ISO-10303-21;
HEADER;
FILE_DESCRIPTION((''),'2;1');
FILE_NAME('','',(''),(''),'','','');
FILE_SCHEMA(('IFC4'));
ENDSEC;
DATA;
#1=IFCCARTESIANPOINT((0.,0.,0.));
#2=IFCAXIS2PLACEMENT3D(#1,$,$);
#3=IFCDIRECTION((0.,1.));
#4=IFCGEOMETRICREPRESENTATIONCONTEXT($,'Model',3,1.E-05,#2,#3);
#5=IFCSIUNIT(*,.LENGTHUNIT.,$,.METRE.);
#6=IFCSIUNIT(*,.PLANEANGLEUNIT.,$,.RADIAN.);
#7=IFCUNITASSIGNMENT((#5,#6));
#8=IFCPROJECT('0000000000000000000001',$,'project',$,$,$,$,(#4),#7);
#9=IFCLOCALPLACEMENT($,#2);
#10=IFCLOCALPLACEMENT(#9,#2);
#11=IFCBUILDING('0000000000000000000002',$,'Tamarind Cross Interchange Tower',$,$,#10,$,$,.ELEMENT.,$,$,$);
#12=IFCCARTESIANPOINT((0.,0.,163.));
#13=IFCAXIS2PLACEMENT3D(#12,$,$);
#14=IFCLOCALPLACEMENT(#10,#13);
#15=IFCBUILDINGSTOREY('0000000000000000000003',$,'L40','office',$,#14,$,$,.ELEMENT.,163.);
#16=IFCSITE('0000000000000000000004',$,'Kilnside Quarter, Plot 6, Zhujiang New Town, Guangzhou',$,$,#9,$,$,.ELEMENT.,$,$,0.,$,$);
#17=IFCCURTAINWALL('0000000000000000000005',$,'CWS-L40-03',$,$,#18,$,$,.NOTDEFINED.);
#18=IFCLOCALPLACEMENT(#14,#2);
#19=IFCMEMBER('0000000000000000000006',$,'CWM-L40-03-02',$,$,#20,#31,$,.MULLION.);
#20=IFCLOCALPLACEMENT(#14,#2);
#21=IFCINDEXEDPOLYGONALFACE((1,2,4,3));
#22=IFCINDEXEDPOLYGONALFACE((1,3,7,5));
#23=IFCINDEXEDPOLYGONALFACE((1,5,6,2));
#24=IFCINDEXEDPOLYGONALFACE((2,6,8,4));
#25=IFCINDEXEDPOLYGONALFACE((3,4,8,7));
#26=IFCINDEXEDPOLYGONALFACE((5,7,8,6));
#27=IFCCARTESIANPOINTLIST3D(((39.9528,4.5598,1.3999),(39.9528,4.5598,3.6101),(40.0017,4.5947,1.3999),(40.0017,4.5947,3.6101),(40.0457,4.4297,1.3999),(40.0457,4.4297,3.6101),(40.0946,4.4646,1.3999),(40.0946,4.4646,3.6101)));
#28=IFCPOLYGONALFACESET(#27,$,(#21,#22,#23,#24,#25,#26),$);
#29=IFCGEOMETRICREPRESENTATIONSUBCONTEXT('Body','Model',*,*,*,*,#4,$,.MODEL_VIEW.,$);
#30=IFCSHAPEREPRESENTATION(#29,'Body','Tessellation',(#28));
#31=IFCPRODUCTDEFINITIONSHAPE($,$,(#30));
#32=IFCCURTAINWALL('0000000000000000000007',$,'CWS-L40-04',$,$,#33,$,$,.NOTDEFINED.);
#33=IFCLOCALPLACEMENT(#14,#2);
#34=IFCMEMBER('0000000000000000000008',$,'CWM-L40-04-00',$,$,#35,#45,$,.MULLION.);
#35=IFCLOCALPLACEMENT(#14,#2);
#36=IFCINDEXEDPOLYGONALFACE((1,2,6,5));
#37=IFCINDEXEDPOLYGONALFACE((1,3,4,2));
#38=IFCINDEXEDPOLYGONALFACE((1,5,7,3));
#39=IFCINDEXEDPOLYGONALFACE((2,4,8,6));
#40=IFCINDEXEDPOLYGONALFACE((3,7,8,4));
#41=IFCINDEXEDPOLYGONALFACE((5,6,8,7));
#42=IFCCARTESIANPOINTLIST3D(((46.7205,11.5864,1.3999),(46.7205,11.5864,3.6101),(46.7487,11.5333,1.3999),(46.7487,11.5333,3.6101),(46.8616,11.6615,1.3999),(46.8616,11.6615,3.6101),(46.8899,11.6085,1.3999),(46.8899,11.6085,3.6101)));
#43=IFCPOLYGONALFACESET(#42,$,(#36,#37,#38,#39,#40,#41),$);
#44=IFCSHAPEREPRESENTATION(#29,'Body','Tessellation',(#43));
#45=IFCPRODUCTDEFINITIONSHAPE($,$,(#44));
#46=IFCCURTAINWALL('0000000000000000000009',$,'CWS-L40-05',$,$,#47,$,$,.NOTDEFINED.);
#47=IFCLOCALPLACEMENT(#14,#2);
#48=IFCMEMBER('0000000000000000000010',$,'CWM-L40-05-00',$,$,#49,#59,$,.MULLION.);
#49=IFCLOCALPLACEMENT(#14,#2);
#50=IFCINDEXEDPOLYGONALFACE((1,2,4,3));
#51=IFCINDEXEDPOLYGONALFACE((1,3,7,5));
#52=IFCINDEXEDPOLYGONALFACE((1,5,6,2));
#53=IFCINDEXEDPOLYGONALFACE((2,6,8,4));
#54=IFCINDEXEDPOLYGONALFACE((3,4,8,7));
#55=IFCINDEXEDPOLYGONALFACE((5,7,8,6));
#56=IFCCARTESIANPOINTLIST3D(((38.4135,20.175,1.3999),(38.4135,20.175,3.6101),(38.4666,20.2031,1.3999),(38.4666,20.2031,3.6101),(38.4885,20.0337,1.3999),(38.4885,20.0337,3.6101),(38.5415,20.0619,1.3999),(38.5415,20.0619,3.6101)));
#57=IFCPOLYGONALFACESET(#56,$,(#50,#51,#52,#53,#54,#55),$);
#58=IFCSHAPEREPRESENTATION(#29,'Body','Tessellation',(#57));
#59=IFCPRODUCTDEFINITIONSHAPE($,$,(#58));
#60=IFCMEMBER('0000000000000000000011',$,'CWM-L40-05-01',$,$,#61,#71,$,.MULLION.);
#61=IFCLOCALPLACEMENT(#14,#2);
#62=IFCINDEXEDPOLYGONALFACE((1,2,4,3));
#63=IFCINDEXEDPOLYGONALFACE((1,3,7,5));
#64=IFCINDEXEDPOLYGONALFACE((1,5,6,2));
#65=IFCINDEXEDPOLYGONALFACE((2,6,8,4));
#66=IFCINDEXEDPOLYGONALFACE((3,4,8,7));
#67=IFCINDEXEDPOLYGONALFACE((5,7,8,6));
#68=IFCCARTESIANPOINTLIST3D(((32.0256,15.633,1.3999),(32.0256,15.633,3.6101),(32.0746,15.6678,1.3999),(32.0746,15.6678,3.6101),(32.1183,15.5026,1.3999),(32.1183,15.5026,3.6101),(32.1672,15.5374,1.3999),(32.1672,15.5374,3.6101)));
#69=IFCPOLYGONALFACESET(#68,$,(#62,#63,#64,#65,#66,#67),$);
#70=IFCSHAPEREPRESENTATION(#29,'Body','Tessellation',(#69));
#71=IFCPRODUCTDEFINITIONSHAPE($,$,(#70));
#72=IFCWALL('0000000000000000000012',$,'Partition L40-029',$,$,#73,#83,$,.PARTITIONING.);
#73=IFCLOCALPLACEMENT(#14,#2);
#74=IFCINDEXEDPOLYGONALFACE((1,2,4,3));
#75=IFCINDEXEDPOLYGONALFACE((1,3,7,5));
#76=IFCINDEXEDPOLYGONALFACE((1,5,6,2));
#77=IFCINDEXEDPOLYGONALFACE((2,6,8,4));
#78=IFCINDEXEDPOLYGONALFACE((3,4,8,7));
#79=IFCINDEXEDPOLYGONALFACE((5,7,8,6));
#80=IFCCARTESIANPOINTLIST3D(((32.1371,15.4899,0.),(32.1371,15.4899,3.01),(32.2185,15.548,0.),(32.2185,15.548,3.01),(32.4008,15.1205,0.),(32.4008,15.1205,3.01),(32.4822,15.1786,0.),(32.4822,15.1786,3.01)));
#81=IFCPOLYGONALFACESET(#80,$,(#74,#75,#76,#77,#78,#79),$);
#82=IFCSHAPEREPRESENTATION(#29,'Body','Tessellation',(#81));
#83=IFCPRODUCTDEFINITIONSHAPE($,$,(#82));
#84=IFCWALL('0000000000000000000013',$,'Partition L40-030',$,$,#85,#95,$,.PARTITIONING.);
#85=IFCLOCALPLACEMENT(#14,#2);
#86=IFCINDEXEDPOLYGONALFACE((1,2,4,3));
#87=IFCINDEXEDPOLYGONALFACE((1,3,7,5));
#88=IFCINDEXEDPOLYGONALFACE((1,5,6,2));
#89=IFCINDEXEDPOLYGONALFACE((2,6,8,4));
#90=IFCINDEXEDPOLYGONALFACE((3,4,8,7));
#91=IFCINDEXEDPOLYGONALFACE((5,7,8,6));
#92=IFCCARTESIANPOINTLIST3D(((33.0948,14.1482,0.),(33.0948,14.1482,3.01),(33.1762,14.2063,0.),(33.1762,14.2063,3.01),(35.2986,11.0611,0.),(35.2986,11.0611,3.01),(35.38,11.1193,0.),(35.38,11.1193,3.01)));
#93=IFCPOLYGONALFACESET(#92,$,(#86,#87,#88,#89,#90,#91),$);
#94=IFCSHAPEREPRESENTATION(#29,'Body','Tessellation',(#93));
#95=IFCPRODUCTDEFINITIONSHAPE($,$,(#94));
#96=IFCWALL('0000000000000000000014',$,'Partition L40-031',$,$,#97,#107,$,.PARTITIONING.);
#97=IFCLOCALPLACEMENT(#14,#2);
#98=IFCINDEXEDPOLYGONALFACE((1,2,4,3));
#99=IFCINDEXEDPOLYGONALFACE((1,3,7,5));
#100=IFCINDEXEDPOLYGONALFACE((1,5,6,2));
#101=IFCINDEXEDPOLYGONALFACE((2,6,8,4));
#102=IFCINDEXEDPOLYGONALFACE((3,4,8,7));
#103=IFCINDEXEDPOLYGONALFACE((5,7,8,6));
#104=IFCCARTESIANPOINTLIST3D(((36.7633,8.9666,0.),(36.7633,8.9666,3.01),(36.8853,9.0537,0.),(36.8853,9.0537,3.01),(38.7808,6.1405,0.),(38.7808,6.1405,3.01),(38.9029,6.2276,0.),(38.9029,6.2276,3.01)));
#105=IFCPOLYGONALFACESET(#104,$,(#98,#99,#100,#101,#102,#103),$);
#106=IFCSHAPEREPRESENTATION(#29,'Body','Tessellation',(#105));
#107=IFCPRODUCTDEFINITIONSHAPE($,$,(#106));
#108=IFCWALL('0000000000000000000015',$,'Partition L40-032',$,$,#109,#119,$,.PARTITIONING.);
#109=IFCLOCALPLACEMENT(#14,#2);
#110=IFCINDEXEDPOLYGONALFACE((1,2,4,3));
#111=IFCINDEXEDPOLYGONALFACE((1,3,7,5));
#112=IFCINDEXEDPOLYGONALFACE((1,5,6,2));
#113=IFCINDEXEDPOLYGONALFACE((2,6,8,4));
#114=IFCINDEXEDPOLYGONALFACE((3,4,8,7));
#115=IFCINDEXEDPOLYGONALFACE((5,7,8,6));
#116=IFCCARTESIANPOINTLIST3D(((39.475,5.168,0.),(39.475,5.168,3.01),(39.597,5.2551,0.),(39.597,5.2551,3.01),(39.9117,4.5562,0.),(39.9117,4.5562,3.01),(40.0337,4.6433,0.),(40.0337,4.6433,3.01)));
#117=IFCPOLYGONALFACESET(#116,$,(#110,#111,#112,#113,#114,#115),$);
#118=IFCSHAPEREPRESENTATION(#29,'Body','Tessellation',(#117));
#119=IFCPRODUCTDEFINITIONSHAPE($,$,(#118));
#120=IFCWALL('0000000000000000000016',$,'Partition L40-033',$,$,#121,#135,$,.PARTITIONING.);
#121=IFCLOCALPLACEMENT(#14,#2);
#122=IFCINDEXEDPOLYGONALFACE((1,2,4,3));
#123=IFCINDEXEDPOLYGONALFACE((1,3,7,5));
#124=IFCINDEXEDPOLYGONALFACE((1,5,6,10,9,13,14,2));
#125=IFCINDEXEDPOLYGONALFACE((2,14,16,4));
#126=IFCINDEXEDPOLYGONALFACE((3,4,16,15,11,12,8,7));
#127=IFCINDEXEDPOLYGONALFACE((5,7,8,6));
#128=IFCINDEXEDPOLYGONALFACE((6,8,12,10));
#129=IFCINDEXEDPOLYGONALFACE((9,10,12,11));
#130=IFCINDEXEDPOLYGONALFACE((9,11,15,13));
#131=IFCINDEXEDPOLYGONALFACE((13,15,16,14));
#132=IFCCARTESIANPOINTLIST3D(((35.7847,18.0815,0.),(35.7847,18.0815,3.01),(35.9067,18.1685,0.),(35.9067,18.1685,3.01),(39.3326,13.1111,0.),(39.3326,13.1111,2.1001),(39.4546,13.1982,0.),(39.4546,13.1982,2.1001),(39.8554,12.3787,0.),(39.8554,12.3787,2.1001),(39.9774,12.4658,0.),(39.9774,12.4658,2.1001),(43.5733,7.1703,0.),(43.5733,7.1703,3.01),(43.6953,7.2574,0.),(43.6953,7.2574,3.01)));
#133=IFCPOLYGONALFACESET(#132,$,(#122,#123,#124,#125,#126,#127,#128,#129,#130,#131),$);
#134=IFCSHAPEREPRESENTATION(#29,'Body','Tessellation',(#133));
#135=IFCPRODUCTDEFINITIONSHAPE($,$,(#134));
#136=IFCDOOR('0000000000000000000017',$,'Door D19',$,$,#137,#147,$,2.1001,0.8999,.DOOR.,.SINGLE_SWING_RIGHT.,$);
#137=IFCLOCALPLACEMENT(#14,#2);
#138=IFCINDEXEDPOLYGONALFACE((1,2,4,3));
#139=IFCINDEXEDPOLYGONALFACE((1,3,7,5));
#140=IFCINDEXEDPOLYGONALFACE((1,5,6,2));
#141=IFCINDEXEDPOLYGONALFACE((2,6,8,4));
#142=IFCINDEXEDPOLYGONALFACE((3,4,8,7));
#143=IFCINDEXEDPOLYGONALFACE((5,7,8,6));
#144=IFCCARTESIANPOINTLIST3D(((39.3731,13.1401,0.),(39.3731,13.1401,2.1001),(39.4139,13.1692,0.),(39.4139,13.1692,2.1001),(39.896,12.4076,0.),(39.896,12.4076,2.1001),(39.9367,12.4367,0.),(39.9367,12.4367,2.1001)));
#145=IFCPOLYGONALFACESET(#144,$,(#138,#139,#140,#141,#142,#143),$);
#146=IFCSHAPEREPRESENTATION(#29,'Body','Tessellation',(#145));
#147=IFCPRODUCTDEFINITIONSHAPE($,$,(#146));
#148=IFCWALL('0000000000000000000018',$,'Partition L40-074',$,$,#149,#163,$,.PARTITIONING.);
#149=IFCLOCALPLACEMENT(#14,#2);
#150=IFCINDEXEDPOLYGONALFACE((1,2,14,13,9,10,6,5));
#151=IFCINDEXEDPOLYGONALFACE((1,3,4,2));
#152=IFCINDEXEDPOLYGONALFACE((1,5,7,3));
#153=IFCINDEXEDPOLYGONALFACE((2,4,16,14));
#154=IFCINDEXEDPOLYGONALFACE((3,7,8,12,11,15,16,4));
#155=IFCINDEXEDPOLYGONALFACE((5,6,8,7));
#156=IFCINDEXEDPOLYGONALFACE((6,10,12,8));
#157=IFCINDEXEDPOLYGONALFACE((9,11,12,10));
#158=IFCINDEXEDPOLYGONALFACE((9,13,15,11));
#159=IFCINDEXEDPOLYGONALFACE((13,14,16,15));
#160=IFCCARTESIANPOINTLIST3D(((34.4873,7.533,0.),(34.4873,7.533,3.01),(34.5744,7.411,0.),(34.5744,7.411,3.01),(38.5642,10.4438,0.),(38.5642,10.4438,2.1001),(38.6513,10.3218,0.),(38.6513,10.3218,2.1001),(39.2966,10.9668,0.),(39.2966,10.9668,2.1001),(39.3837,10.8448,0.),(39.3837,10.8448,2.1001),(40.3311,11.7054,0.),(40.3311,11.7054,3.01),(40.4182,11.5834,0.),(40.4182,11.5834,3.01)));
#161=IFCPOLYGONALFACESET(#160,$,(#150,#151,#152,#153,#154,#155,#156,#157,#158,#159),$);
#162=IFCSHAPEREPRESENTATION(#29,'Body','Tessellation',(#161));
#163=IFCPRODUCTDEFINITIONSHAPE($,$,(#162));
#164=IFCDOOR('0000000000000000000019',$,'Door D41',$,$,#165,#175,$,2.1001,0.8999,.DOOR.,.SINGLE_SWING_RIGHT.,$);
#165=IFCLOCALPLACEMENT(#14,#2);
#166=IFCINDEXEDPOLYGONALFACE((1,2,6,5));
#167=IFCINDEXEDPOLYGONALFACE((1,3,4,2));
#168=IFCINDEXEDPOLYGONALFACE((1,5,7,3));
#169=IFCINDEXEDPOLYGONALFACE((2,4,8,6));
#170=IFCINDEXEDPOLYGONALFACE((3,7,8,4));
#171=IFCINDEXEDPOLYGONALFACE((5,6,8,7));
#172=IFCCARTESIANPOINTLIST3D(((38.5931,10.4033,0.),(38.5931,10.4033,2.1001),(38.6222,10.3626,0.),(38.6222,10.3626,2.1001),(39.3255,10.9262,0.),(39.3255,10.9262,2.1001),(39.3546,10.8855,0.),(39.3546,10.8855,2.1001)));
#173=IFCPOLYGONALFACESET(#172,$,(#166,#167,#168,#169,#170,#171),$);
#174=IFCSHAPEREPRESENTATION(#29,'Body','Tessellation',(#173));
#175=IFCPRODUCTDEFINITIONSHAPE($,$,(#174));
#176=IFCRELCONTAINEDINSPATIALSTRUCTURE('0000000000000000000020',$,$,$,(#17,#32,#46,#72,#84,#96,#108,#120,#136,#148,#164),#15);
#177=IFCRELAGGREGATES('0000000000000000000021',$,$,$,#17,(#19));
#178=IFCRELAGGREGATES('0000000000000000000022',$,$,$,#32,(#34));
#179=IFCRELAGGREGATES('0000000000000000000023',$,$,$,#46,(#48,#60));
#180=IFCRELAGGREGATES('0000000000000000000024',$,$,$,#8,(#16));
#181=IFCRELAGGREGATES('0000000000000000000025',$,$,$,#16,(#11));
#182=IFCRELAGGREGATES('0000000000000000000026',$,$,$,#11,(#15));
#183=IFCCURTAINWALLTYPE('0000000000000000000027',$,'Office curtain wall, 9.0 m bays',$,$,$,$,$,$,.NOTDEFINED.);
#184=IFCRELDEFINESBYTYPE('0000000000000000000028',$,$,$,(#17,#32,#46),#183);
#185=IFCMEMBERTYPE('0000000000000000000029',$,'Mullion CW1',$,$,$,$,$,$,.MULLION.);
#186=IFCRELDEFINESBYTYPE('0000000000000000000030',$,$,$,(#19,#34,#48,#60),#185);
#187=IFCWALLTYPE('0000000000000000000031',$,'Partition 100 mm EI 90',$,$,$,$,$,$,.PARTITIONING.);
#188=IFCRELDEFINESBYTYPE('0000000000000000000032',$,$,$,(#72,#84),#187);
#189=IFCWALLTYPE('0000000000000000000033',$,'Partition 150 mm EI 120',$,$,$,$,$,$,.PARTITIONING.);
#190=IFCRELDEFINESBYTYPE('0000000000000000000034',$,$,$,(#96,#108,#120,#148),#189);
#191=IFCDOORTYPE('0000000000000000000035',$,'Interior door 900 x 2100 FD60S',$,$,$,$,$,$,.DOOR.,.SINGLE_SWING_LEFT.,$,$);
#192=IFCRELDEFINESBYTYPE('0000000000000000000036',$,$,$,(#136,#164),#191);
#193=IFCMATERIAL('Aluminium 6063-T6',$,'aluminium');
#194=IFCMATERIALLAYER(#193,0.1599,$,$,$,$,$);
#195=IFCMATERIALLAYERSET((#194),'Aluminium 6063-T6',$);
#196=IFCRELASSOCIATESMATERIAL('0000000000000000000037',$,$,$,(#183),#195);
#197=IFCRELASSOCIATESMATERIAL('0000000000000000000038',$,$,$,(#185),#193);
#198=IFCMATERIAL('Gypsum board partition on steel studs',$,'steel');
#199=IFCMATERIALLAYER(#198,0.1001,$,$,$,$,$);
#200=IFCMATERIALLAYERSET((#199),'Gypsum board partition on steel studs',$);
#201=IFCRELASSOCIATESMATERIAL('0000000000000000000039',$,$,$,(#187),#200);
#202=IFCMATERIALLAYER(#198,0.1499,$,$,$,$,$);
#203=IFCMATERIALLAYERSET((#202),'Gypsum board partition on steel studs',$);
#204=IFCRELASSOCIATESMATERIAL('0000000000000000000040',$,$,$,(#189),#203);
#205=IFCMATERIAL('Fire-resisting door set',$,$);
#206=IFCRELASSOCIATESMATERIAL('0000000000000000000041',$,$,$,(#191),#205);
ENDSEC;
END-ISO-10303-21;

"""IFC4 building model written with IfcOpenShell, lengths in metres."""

from ifc_helpers import new_model, si_unit, direction, frame, frame_2d, origin, origin_2d, place, context, subcontext, project, spatial, rectangle, extrude, material, layer, layer_set, material_profile, profile_set, type_object, element, fill, aggregate, save


model = new_model("IFC4")

# Units and contexts
model_context = context("Model", 3, precision=1e-05, world=origin(), true_north=direction((0.0, 1.0)))
body_context = subcontext(model_context, "Body", "Model", "MODEL_VIEW")
ifc_project = project(units=[si_unit("LENGTHUNIT", "METRE"), si_unit("PLANEANGLEUNIT", "RADIAN")], contexts=[model_context])

# Site, building, storey
site_placement = place(None, origin())
site = spatial("IfcSite", under=ifc_project, at=site_placement, Name="Kilnside Quarter, Plot 6, Zhujiang New Town, Guangzhou", CompositionType="ELEMENT", RefElevation=0.0)
building_placement = place(site_placement, origin())
building = spatial("IfcBuilding", under=site, at=building_placement, Name="Tamarind Cross Interchange Tower", CompositionType="ELEMENT")
storey_placement = place(building_placement, frame((0.0, 0.0, 163.0)))
storey = spatial("IfcBuildingStorey", under=building, at=storey_placement, Name="L40", Description="office", CompositionType="ELEMENT", Elevation=163.0)

# Curtain walls, members
ifc_material_1 = material(Name="Aluminium 6063-T6", Category="aluminium")
ifc_layer_1 = layer(ifc_material_1, 0.1599)
ifc_layer_set_1 = layer_set([ifc_layer_1], Name="Aluminium 6063-T6")
curtain_wall_type = type_object("IfcCurtainWallType", Name="Office curtain wall, 9.0 m bays", PredefinedType="NOTDEFINED", material=ifc_layer_set_1)
curtain_wall_1_placement = place(storey_placement, origin())
curtain_wall_1 = element("IfcCurtainWall", 1, at=curtain_wall_1_placement, inside=storey, type_object=curtain_wall_type, Name="CWS-L40-03", PredefinedType="NOTDEFINED")
ifc_material_profile_1 = material_profile(ifc_material_1, rectangle(XDim=0.0601, YDim=0.1599, at=origin_2d()), Name="Mullion CW1")
ifc_profile_set_1 = profile_set([ifc_material_profile_1], Name="Aluminium 6063-T6")
member_type = type_object("IfcMemberType", Name="Mullion CW1", PredefinedType="MULLION", material=ifc_profile_set_1)
member_1_placement = place(storey_placement, frame((40.0237, 4.5122, 1.3999), z_axis=(0.0, 0.0, 1.0), x_axis=(0.81388, 0.581033, 0.0)))
member_1 = element("IfcMember", 2, at=member_1_placement, type_object=member_type, Name="CWM-L40-03-02", PredefinedType="MULLION", context=body_context, shape_type="SweptSolid", body=[
    extrude(rectangle(XDim=0.0601, YDim=0.1599, at=origin_2d()), origin(), (0.0, 0.0, 1.0), 2.2102),
])
aggregate(curtain_wall_1, [member_1])
curtain_wall_2_placement = place(storey_placement, origin())
curtain_wall_2 = element("IfcCurtainWall", 3, at=curtain_wall_2_placement, inside=storey, type_object=curtain_wall_type, Name="CWS-L40-04", PredefinedType="NOTDEFINED")
member_2_placement = place(storey_placement, frame((46.8052, 11.5974, 1.3999), z_axis=(0.0, 0.0, 1.0), x_axis=(-0.469829, 0.882757, 0.0)))
member_2 = element("IfcMember", 4, at=member_2_placement, type_object=member_type, Name="CWM-L40-04-00", PredefinedType="MULLION", context=body_context, shape_type="SweptSolid", body=[
    extrude(rectangle(XDim=0.0601, YDim=0.1599, at=origin_2d()), origin(), (0.0, 0.0, 1.0), 2.2102),
])
aggregate(curtain_wall_2, [member_2])

# Curtain wall, members
curtain_wall_3_placement = place(storey_placement, origin())
curtain_wall_3 = element("IfcCurtainWall", 5, at=curtain_wall_3_placement, inside=storey, type_object=curtain_wall_type, Name="CWS-L40-05", PredefinedType="NOTDEFINED")
member_3_placement = place(storey_placement, frame((38.4775, 20.1184, 1.3999), z_axis=(0.0, 0.0, 1.0), x_axis=(-0.883297, -0.468813, 0.0)))
member_3 = element("IfcMember", 6, at=member_3_placement, type_object=member_type, Name="CWM-L40-05-00", PredefinedType="MULLION", context=body_context, shape_type="SweptSolid", body=[
    extrude(rectangle(XDim=0.0601, YDim=0.1599, at=origin_2d()), origin(), (0.0, 0.0, 1.0), 2.2102),
])
member_4_placement = place(storey_placement, frame((32.0964, 15.5852, 1.3999), z_axis=(0.0, 0.0, 1.0), x_axis=(-0.815215, -0.579159, 0.0)))
member_4 = element("IfcMember", 7, at=member_4_placement, type_object=member_type, Name="CWM-L40-05-01", PredefinedType="MULLION", context=body_context, shape_type="SweptSolid", body=[
    extrude(rectangle(XDim=0.0601, YDim=0.1599, at=origin_2d()), origin(), (0.0, 0.0, 1.0), 2.2102),
])
aggregate(curtain_wall_3, [member_3, member_4])

# Walls
ifc_material_2 = material(Name="Gypsum board partition on steel studs", Category="steel")
ifc_layer_2 = layer(ifc_material_2, 0.1001)
ifc_layer_set_2 = layer_set([ifc_layer_2], Name="Gypsum board partition on steel studs")
wall_type_1 = type_object("IfcWallType", Name="Partition 100 mm EI 90", PredefinedType="PARTITIONING", material=ifc_layer_set_2)
wall_1_placement = place(storey_placement, frame((32.1777, 15.519, 0.0), z_axis=(0.0, 0.0, 1.0), x_axis=(0.580984, -0.813915, 0.0)))
element("IfcWall", 8, at=wall_1_placement, inside=storey, type_object=wall_type_1, Name="Partition L40-029", PredefinedType="PARTITIONING", context=body_context, shape_type="SweptSolid", body=[
    extrude(rectangle(XDim=0.4539, YDim=0.1001, at=frame_2d((0.2271, 0.0))), origin(), (0.0, 0.0, 1.0), 3.01),
])
wall_2_placement = place(storey_placement, frame((33.1355, 14.1772, 0.0), z_axis=(0.0, 0.0, 1.0), x_axis=(0.581019, -0.81389, 0.0)))
element("IfcWall", 9, at=wall_2_placement, inside=storey, type_object=wall_type_1, Name="Partition L40-030", PredefinedType="PARTITIONING", context=body_context, shape_type="SweptSolid", body=[
    extrude(rectangle(XDim=3.793, YDim=0.1001, at=frame_2d((1.8965, 0.0))), origin(), (0.0, 0.0, 1.0), 3.01),
])
ifc_layer_3 = layer(ifc_material_2, 0.1499)
ifc_layer_set_3 = layer_set([ifc_layer_3], Name="Gypsum board partition on steel studs")
wall_type_2 = type_object("IfcWallType", Name="Partition 150 mm EI 120", PredefinedType="PARTITIONING", material=ifc_layer_set_3)
wall_3_placement = place(storey_placement, frame((36.8242, 9.0103, 0.0), z_axis=(0.0, 0.0, 1.0), x_axis=(0.581025, -0.813885, 0.0)))
element("IfcWall", 10, at=wall_3_placement, inside=storey, type_object=wall_type_2, Name="Partition L40-031", PredefinedType="PARTITIONING", context=body_context, shape_type="SweptSolid", body=[
    extrude(rectangle(XDim=3.4724, YDim=0.1499, at=frame_2d((1.7363, 0.0))), origin(), (0.0, 0.0, 1.0), 3.01),
])
wall_4_placement = place(storey_placement, frame((39.5359, 5.2117, 0.0), z_axis=(0.0, 0.0, 1.0), x_axis=(0.581023, -0.813887, 0.0)))
element("IfcWall", 11, at=wall_4_placement, inside=storey, type_object=wall_type_2, Name="Partition L40-032", PredefinedType="PARTITIONING", context=body_context, shape_type="SweptSolid", body=[
    extrude(rectangle(XDim=0.7517, YDim=0.1499, at=frame_2d((0.376, 0.0))), origin(), (0.0, 0.0, 1.0), 3.01),
])

# Walls, openings, doors
wall_5_placement = place(storey_placement, frame((35.8457, 18.125, 0.0), z_axis=(0.0, 0.0, 1.0), x_axis=(0.580987, -0.813913, 0.0)))
wall_5 = element("IfcWall", 12, at=wall_5_placement, inside=storey, type_object=wall_type_2, Name="Partition L40-033", PredefinedType="PARTITIONING", context=body_context, shape_type="SweptSolid", body=[
    extrude(rectangle(XDim=13.4058, YDim=0.1499, at=frame_2d((6.7029, 0.0))), origin(), (0.0, 0.0, 1.0), 3.01),
])
opening_1_placement = place(wall_5_placement, frame((6.1067, 0.0, 0.0)))
opening_1 = element("IfcOpeningElement", 13, at=opening_1_placement, cuts=wall_5, PredefinedType="OPENING", context=body_context, shape_type="SweptSolid", body=[
    extrude(rectangle(XDim=0.8999, YDim=2.1001, at=frame_2d((0.45, 1.05))), frame((0.0, 0.085, 0.0), z_axis=(0.0, -1.0, 0.0), x_axis=(1.0, 0.0, 0.0)), (0.0, 0.0, 1.0), 0.1699),
])
ifc_material_3 = material(Name="Fire-resisting door set")
door_type = type_object("IfcDoorType", Name="Interior door 900 x 2100 FD60S", OperationType="SINGLE_SWING_LEFT", PredefinedType="DOOR", material=ifc_material_3)
door_1_placement = place(opening_1_placement, origin())
door_1 = element("IfcDoor", 14, at=door_1_placement, inside=storey, type_object=door_type, Name="Door D19", OperationType="SINGLE_SWING_RIGHT", OverallHeight=2.1001, OverallWidth=0.8999, PredefinedType="DOOR", context=body_context, shape_type="SweptSolid", body=[
    extrude(rectangle(XDim=0.8999, YDim=2.1001, at=frame_2d((0.45, 1.05))), frame((0.0, 0.0249, 0.0), z_axis=(0.0, -1.0, 0.0), x_axis=(1.0, 0.0, 0.0)), (0.0, 0.0, 1.0), 0.05),
])
fill(opening_1, door_1)
wall_6_placement = place(storey_placement, frame((34.5308, 7.4719, 0.0), z_axis=(0.0, 0.0, 1.0), x_axis=(0.813848, 0.581077, 0.0)))
wall_6 = element("IfcWall", 15, at=wall_6_placement, inside=storey, type_object=wall_type_2, Name="Partition L40-074", PredefinedType="PARTITIONING", context=body_context, shape_type="SweptSolid", body=[
    extrude(rectangle(XDim=7.1804, YDim=0.1499, at=frame_2d((3.5903, 0.0))), origin(), (0.0, 0.0, 1.0), 3.01),
])
opening_2_placement = place(wall_6_placement, frame((5.0095, 0.0, 0.0)))
opening_2 = element("IfcOpeningElement", 16, at=opening_2_placement, cuts=wall_6, PredefinedType="OPENING", context=body_context, shape_type="SweptSolid", body=[
    extrude(rectangle(XDim=0.8999, YDim=2.1001, at=frame_2d((0.45, 1.05))), frame((0.0, 0.085, 0.0), z_axis=(0.0, -1.0, 0.0), x_axis=(1.0, 0.0, 0.0)), (0.0, 0.0, 1.0), 0.1699),
])
door_2_placement = place(opening_2_placement, frame((0.8999, 0.0, 0.0), z_axis=(0.0, 0.0, 1.0), x_axis=(-1.0, 0.0, 0.0)))
door_2 = element("IfcDoor", 17, at=door_2_placement, inside=storey, type_object=door_type, Name="Door D41", OperationType="SINGLE_SWING_RIGHT", OverallHeight=2.1001, OverallWidth=0.8999, PredefinedType="DOOR", context=body_context, shape_type="SweptSolid", body=[
    extrude(rectangle(XDim=0.8999, YDim=2.1001, at=frame_2d((0.45, 1.05))), frame((0.0, 0.0249, 0.0), z_axis=(0.0, -1.0, 0.0), x_axis=(1.0, 0.0, 0.0)), (0.0, 0.0, 1.0), 0.05),
])
fill(opening_2, door_2)

save(model, "model.ifc")
